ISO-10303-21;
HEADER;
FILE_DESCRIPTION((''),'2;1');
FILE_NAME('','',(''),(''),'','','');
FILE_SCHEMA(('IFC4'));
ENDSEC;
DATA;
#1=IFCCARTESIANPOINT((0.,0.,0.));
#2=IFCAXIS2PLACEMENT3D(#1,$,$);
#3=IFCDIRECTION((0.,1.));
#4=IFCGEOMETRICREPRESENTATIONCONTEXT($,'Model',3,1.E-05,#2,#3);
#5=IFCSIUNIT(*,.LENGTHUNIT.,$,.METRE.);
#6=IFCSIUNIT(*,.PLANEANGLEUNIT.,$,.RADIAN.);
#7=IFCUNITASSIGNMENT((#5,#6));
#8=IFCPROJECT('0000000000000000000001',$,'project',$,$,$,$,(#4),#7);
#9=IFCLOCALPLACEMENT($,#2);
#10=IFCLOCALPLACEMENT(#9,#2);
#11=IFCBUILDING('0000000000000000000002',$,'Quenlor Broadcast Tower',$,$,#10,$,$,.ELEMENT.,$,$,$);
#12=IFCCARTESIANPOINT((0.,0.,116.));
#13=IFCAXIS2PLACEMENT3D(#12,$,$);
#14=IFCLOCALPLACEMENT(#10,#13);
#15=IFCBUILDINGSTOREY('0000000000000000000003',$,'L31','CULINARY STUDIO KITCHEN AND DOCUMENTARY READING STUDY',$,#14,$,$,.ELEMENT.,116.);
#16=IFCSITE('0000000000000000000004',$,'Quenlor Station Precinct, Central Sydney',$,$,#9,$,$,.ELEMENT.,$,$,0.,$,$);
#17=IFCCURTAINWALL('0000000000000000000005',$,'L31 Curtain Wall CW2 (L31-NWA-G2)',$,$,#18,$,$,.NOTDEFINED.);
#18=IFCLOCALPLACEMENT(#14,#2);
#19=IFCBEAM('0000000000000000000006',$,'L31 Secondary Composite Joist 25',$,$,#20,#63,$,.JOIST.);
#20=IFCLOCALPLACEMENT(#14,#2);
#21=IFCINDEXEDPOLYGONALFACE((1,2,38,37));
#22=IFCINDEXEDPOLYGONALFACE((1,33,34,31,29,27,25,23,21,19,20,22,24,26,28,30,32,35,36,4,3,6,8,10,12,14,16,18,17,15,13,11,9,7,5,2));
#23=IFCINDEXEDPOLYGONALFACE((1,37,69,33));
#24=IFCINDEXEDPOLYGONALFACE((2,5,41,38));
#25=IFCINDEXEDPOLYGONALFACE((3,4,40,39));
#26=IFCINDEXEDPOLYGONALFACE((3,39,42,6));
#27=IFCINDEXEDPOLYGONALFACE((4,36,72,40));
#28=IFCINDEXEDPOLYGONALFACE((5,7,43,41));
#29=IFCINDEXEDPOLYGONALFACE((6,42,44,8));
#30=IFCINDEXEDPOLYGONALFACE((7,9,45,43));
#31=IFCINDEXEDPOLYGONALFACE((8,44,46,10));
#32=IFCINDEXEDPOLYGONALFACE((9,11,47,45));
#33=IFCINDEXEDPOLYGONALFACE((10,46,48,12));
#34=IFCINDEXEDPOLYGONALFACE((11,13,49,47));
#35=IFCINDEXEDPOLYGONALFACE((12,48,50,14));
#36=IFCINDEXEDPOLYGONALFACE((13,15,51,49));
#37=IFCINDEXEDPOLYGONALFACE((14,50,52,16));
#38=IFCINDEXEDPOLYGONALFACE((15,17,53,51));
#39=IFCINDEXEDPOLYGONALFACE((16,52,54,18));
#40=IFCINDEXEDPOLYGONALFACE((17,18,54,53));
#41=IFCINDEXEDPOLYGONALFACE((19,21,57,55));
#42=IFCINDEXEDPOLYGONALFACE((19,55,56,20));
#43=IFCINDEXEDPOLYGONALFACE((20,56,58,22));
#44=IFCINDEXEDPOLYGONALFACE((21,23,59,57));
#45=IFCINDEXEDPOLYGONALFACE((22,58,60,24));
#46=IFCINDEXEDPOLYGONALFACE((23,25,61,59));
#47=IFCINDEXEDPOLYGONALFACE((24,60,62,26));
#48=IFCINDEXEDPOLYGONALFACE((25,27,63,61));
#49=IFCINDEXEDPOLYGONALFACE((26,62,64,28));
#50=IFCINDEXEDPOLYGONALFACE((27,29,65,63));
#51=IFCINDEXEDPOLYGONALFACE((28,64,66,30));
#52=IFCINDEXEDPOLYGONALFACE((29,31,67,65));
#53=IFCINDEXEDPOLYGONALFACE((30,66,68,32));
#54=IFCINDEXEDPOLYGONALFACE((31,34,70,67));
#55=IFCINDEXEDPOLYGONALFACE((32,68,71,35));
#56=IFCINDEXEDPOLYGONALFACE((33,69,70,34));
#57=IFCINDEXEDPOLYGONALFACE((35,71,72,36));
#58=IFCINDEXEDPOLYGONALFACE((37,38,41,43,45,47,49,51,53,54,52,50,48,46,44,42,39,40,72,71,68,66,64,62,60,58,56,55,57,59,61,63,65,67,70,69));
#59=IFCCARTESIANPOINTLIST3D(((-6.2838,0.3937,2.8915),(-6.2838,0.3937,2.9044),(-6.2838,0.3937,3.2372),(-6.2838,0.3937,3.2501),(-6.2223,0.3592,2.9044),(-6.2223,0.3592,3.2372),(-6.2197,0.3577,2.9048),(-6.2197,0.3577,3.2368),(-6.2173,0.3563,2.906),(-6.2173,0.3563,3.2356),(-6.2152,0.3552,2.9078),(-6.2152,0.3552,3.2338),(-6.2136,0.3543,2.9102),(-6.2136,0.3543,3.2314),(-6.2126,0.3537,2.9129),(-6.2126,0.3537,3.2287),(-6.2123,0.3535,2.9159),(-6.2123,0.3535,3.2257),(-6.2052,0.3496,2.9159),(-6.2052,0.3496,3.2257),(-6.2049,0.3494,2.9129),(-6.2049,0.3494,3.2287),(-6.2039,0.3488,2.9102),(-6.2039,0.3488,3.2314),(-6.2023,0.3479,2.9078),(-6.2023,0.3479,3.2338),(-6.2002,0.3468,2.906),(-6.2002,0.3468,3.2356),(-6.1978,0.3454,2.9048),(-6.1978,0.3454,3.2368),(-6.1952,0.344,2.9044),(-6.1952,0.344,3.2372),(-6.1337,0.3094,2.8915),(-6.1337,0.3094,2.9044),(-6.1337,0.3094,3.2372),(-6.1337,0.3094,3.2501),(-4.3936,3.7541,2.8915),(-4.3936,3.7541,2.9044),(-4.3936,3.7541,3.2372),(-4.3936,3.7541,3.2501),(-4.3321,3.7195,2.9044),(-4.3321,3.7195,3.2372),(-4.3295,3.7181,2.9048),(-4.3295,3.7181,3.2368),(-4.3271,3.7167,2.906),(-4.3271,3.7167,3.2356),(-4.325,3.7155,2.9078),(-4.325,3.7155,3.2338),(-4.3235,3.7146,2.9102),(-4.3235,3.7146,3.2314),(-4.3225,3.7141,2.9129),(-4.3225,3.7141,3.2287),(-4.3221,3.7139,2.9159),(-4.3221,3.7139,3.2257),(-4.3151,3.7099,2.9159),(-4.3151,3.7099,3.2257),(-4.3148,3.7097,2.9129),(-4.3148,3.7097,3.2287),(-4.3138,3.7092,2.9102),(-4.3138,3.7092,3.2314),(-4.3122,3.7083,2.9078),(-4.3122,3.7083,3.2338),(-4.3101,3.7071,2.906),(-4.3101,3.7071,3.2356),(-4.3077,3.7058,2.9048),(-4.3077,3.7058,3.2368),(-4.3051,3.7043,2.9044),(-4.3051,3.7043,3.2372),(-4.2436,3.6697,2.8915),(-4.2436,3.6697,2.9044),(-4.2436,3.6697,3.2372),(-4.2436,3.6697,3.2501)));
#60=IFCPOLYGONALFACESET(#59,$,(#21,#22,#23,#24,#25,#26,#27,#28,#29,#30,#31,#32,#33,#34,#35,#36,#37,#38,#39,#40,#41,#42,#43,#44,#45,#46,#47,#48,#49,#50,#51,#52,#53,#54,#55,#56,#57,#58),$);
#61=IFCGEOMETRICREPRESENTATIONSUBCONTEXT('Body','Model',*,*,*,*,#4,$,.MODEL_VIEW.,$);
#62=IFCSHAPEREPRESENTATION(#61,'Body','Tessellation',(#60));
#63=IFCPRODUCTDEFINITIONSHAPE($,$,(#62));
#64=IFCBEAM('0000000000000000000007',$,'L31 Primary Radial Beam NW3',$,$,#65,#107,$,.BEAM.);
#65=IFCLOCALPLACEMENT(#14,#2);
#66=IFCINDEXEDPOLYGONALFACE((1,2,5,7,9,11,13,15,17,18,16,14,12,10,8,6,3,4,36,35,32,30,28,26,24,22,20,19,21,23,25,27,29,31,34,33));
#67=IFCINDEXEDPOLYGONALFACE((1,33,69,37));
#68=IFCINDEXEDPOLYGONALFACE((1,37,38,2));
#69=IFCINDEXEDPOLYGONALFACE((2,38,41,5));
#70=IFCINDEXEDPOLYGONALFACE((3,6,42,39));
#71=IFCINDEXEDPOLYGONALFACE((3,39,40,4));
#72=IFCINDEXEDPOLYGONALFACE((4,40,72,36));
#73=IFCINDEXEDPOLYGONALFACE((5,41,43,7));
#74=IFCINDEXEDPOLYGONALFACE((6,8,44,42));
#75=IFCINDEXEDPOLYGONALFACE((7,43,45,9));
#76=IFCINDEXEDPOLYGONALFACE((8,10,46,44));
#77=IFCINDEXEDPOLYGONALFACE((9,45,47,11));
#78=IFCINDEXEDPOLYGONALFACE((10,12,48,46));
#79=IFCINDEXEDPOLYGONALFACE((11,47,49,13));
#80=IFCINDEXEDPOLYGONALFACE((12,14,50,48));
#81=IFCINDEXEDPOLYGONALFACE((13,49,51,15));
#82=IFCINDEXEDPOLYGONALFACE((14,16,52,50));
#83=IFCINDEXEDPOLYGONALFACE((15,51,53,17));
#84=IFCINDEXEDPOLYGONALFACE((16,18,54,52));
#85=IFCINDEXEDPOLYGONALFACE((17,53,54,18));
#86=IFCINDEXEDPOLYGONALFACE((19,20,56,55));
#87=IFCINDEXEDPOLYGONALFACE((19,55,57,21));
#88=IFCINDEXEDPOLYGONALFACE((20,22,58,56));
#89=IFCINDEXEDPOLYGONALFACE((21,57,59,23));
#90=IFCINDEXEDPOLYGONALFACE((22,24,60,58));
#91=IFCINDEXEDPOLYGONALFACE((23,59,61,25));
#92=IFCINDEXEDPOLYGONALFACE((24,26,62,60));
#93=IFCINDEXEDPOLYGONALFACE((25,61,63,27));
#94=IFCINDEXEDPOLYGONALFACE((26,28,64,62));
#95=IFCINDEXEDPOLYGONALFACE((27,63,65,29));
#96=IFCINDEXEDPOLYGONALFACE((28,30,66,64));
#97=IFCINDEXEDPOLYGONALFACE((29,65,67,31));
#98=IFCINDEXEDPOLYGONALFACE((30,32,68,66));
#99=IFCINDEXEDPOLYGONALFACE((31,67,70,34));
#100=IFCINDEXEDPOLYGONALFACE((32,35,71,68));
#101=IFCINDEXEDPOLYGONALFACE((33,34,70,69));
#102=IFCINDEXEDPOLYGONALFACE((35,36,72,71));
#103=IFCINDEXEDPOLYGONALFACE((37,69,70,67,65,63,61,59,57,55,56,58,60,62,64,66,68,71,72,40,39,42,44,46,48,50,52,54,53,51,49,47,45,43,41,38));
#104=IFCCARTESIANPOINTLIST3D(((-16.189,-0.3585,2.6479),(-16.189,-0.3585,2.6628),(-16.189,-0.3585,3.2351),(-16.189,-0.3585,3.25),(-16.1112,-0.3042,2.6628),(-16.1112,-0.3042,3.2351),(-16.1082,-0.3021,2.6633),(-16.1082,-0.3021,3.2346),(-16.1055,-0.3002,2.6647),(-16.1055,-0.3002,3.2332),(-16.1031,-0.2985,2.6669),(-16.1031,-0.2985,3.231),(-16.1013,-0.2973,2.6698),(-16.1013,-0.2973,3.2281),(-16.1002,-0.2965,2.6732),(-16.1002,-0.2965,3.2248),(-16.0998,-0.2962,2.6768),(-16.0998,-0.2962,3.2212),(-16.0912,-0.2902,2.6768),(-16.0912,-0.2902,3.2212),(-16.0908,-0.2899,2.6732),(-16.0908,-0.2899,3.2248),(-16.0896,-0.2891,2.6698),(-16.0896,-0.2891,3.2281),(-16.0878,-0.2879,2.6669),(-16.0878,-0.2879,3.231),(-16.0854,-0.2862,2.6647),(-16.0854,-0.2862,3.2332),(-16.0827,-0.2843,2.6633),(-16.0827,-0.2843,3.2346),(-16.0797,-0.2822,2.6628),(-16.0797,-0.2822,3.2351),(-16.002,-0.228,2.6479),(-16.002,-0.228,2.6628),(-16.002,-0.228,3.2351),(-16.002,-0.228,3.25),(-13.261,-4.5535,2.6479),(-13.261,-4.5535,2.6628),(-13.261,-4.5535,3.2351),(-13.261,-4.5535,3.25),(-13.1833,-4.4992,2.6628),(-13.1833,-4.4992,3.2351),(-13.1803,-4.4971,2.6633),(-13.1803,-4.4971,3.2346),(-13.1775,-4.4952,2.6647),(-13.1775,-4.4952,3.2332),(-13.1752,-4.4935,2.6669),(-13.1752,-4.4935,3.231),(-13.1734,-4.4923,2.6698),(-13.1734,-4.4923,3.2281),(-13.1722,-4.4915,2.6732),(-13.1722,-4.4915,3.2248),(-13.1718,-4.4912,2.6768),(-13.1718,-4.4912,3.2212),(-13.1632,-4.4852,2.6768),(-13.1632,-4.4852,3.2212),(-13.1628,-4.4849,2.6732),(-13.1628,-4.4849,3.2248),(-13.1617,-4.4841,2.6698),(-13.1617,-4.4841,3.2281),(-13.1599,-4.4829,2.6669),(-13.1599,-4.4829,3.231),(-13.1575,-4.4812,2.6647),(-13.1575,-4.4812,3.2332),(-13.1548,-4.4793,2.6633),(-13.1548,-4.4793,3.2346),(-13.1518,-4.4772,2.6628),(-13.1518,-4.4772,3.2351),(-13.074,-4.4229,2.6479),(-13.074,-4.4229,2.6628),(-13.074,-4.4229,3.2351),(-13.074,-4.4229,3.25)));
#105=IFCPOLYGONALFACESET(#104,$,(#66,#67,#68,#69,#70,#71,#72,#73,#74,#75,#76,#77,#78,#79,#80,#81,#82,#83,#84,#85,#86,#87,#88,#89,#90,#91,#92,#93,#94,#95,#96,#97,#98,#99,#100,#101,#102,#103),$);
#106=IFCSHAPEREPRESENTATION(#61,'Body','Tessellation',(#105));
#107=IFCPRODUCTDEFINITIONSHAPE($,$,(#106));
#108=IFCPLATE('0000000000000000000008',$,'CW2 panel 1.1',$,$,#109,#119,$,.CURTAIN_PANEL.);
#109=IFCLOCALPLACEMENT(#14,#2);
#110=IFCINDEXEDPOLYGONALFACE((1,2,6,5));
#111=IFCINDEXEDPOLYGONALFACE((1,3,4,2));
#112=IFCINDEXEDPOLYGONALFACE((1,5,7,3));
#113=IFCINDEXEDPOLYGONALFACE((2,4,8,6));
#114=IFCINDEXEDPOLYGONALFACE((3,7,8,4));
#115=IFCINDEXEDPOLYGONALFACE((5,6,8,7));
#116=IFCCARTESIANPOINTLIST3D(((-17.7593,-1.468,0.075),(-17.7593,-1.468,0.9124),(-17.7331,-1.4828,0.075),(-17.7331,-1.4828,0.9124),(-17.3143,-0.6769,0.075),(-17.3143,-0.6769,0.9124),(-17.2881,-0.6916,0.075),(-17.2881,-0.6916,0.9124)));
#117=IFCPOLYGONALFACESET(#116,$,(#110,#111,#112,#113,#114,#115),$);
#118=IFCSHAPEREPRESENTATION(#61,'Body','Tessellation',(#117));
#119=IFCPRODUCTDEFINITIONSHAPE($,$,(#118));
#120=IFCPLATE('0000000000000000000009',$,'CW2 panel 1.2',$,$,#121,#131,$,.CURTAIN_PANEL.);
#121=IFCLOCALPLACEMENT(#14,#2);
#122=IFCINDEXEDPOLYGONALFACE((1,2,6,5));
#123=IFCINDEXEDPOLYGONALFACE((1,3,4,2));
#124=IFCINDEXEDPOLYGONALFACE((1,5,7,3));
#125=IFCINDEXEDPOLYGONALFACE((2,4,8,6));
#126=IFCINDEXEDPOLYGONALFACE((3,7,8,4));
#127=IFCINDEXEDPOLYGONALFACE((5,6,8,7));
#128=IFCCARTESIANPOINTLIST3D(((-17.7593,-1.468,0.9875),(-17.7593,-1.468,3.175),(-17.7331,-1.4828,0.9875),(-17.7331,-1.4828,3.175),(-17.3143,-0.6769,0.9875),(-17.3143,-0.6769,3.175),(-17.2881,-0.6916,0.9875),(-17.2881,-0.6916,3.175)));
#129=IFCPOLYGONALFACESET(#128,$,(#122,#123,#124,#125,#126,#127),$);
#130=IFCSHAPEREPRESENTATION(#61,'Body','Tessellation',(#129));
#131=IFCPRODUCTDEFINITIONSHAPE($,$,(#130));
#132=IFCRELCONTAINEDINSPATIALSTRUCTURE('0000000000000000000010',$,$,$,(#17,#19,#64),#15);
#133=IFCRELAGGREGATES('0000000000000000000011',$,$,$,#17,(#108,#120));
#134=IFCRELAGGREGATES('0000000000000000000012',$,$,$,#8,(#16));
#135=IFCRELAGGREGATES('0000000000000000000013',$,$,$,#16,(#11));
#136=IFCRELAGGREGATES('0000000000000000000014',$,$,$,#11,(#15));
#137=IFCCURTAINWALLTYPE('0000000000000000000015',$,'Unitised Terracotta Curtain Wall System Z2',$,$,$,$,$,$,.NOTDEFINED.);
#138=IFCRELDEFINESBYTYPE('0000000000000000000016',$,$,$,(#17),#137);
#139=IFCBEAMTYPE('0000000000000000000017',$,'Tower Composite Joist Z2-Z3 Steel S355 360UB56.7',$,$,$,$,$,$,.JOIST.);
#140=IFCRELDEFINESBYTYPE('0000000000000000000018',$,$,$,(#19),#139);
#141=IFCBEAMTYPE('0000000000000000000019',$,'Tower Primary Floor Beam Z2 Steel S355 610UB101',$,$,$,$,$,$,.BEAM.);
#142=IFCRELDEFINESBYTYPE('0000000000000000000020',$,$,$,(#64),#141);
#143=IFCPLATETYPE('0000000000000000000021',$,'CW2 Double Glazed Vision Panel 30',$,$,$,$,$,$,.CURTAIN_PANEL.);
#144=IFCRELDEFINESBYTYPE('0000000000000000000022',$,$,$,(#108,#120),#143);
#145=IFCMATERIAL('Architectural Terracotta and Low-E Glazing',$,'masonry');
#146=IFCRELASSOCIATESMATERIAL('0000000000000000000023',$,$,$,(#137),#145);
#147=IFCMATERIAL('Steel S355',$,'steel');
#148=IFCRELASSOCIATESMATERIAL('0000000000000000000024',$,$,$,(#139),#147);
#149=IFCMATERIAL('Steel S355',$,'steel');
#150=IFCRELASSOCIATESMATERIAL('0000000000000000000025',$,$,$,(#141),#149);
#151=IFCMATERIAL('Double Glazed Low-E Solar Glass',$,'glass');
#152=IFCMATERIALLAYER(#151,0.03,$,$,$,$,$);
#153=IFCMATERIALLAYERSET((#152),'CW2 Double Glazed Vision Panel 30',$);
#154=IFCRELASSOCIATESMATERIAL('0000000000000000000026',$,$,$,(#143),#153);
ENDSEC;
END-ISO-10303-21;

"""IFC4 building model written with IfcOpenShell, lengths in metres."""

from ifc_helpers import new_model, si_unit, direction, frame, origin, origin_2d, place, context, subcontext, project, spatial, rectangle, i_section, extrude, material, layer, layer_set, material_profile, profile_set, type_object, element, aggregate, save


model = new_model("IFC4")

# Units and contexts
model_context = context("Model", 3, precision=1e-05, world=origin(), true_north=direction((0.0, 1.0)))
body_context = subcontext(model_context, "Body", "Model", "MODEL_VIEW")
ifc_project = project(units=[si_unit("LENGTHUNIT", "METRE"), si_unit("PLANEANGLEUNIT", "RADIAN")], contexts=[model_context])

# Site, building, storey
site_placement = place(None, origin())
site = spatial("IfcSite", under=ifc_project, at=site_placement, Name="Quenlor Station Precinct, Central Sydney", CompositionType="ELEMENT", RefElevation=0.0)
building_placement = place(site_placement, origin())
building = spatial("IfcBuilding", under=site, at=building_placement, Name="Quenlor Broadcast Tower", CompositionType="ELEMENT")
storey_placement = place(building_placement, frame((0.0, 0.0, 116.0)))
storey = spatial("IfcBuildingStorey", under=building, at=storey_placement, Name="L31", Description="CULINARY STUDIO KITCHEN AND DOCUMENTARY READING STUDY", CompositionType="ELEMENT", Elevation=116.0)

# Curtain wall
ifc_material_1 = material(Name="Architectural Terracotta and Low-E Glazing", Category="masonry")
curtain_wall_type = type_object("IfcCurtainWallType", Name="Unitised Terracotta Curtain Wall System Z2", PredefinedType="NOTDEFINED", material=ifc_material_1)
curtain_wall_placement = place(storey_placement, origin())
curtain_wall = element("IfcCurtainWall", 1, at=curtain_wall_placement, inside=storey, type_object=curtain_wall_type, Name="L31 Curtain Wall CW2 (L31-NWA-G2)", PredefinedType="NOTDEFINED")

# Beams
ifc_material_2 = material(Name="Steel S355", Category="steel")
ifc_material_profile_1 = material_profile(ifc_material_2, i_section(OverallWidth=0.1721, OverallDepth=0.3586, WebThickness=0.0081, FlangeThickness=0.0129, FilletRadius=0.0115, at=origin_2d()))
ifc_profile_set_1 = profile_set([ifc_material_profile_1], Name="Steel S355 360UB56.7")
beam_type_1 = type_object("IfcBeamType", Name="Tower Composite Joist Z2-Z3 Steel S355 360UB56.7", PredefinedType="JOIST", material=ifc_profile_set_1)
beam_1_placement = place(storey_placement, frame((-4.3186, 3.7119, 3.0708), z_axis=(-0.490249, -0.871582, 0.0), x_axis=(0.871582, -0.490249, 0.0)))
element("IfcBeam", 2, at=beam_1_placement, inside=storey, type_object=beam_type_1, Name="L31 Secondary Composite Joist 25", PredefinedType="JOIST", context=body_context, shape_type="SweptSolid", body=[
    extrude(i_section(OverallWidth=0.1721, OverallDepth=0.3586, WebThickness=0.0081, FlangeThickness=0.0129, FilletRadius=0.0115, at=origin_2d()), origin(), (0.0, 0.0, 1.0), 3.8555),
])
ifc_material_3 = material(Name="Steel S355", Category="steel")
ifc_material_profile_2 = material_profile(ifc_material_3, i_section(OverallWidth=0.228, OverallDepth=0.6021, WebThickness=0.0105, FlangeThickness=0.0149, FilletRadius=0.0139, at=origin_2d()))
ifc_profile_set_2 = profile_set([ifc_material_profile_2], Name="Steel S355 610UB101")
beam_type_2 = type_object("IfcBeamType", Name="Tower Primary Floor Beam Z2 Steel S355 610UB101", PredefinedType="BEAM", material=ifc_profile_set_2)
beam_2_placement = place(storey_placement, frame((-16.0955, -0.2932, 2.949), z_axis=(0.572338, -0.820018, 0.0), x_axis=(0.820018, 0.572338, 0.0)))
element("IfcBeam", 3, at=beam_2_placement, inside=storey, type_object=beam_type_2, Name="L31 Primary Radial Beam NW3", PredefinedType="BEAM", context=body_context, shape_type="SweptSolid", body=[
    extrude(i_section(OverallWidth=0.228, OverallDepth=0.6021, WebThickness=0.0105, FlangeThickness=0.0149, FilletRadius=0.0139, at=origin_2d()), origin(), (0.0, 0.0, 1.0), 5.1157),
])

# Plates
ifc_material_4 = material(Name="Double Glazed Low-E Solar Glass", Category="glass")
ifc_layer_1 = layer(ifc_material_4, 0.03)
ifc_layer_set_1 = layer_set([ifc_layer_1], Name="CW2 Double Glazed Vision Panel 30")
plate_type_1 = type_object("IfcPlateType", Name="CW2 Double Glazed Vision Panel 30", PredefinedType="CURTAIN_PANEL", material=ifc_layer_set_1)
plate_1_placement = place(storey_placement, frame((-17.5237, -1.0798, 0.075), z_axis=(0.0, 0.0, 1.0), x_axis=(0.490252, 0.871581, 0.0)))
plate_1 = element("IfcPlate", 4, at=plate_1_placement, type_object=plate_type_1, Name="CW2 panel 1.1", PredefinedType="CURTAIN_PANEL", context=body_context, shape_type="SweptSolid", body=[
    extrude(rectangle(XDim=0.9077, YDim=0.03, at=origin_2d()), origin(), (0.0, 0.0, 1.0), 0.8374),
])
plate_2_placement = place(storey_placement, frame((-17.5237, -1.0798, 0.9875), z_axis=(0.0, 0.0, 1.0), x_axis=(0.490252, 0.871581, 0.0)))
plate_2 = element("IfcPlate", 5, at=plate_2_placement, type_object=plate_type_1, Name="CW2 panel 1.2", PredefinedType="CURTAIN_PANEL", context=body_context, shape_type="SweptSolid", body=[
    extrude(rectangle(XDim=0.9077, YDim=0.03, at=origin_2d()), origin(), (0.0, 0.0, 1.0), 2.1875),
])
aggregate(curtain_wall, [plate_1, plate_2])

save(model, "model.ifc")
